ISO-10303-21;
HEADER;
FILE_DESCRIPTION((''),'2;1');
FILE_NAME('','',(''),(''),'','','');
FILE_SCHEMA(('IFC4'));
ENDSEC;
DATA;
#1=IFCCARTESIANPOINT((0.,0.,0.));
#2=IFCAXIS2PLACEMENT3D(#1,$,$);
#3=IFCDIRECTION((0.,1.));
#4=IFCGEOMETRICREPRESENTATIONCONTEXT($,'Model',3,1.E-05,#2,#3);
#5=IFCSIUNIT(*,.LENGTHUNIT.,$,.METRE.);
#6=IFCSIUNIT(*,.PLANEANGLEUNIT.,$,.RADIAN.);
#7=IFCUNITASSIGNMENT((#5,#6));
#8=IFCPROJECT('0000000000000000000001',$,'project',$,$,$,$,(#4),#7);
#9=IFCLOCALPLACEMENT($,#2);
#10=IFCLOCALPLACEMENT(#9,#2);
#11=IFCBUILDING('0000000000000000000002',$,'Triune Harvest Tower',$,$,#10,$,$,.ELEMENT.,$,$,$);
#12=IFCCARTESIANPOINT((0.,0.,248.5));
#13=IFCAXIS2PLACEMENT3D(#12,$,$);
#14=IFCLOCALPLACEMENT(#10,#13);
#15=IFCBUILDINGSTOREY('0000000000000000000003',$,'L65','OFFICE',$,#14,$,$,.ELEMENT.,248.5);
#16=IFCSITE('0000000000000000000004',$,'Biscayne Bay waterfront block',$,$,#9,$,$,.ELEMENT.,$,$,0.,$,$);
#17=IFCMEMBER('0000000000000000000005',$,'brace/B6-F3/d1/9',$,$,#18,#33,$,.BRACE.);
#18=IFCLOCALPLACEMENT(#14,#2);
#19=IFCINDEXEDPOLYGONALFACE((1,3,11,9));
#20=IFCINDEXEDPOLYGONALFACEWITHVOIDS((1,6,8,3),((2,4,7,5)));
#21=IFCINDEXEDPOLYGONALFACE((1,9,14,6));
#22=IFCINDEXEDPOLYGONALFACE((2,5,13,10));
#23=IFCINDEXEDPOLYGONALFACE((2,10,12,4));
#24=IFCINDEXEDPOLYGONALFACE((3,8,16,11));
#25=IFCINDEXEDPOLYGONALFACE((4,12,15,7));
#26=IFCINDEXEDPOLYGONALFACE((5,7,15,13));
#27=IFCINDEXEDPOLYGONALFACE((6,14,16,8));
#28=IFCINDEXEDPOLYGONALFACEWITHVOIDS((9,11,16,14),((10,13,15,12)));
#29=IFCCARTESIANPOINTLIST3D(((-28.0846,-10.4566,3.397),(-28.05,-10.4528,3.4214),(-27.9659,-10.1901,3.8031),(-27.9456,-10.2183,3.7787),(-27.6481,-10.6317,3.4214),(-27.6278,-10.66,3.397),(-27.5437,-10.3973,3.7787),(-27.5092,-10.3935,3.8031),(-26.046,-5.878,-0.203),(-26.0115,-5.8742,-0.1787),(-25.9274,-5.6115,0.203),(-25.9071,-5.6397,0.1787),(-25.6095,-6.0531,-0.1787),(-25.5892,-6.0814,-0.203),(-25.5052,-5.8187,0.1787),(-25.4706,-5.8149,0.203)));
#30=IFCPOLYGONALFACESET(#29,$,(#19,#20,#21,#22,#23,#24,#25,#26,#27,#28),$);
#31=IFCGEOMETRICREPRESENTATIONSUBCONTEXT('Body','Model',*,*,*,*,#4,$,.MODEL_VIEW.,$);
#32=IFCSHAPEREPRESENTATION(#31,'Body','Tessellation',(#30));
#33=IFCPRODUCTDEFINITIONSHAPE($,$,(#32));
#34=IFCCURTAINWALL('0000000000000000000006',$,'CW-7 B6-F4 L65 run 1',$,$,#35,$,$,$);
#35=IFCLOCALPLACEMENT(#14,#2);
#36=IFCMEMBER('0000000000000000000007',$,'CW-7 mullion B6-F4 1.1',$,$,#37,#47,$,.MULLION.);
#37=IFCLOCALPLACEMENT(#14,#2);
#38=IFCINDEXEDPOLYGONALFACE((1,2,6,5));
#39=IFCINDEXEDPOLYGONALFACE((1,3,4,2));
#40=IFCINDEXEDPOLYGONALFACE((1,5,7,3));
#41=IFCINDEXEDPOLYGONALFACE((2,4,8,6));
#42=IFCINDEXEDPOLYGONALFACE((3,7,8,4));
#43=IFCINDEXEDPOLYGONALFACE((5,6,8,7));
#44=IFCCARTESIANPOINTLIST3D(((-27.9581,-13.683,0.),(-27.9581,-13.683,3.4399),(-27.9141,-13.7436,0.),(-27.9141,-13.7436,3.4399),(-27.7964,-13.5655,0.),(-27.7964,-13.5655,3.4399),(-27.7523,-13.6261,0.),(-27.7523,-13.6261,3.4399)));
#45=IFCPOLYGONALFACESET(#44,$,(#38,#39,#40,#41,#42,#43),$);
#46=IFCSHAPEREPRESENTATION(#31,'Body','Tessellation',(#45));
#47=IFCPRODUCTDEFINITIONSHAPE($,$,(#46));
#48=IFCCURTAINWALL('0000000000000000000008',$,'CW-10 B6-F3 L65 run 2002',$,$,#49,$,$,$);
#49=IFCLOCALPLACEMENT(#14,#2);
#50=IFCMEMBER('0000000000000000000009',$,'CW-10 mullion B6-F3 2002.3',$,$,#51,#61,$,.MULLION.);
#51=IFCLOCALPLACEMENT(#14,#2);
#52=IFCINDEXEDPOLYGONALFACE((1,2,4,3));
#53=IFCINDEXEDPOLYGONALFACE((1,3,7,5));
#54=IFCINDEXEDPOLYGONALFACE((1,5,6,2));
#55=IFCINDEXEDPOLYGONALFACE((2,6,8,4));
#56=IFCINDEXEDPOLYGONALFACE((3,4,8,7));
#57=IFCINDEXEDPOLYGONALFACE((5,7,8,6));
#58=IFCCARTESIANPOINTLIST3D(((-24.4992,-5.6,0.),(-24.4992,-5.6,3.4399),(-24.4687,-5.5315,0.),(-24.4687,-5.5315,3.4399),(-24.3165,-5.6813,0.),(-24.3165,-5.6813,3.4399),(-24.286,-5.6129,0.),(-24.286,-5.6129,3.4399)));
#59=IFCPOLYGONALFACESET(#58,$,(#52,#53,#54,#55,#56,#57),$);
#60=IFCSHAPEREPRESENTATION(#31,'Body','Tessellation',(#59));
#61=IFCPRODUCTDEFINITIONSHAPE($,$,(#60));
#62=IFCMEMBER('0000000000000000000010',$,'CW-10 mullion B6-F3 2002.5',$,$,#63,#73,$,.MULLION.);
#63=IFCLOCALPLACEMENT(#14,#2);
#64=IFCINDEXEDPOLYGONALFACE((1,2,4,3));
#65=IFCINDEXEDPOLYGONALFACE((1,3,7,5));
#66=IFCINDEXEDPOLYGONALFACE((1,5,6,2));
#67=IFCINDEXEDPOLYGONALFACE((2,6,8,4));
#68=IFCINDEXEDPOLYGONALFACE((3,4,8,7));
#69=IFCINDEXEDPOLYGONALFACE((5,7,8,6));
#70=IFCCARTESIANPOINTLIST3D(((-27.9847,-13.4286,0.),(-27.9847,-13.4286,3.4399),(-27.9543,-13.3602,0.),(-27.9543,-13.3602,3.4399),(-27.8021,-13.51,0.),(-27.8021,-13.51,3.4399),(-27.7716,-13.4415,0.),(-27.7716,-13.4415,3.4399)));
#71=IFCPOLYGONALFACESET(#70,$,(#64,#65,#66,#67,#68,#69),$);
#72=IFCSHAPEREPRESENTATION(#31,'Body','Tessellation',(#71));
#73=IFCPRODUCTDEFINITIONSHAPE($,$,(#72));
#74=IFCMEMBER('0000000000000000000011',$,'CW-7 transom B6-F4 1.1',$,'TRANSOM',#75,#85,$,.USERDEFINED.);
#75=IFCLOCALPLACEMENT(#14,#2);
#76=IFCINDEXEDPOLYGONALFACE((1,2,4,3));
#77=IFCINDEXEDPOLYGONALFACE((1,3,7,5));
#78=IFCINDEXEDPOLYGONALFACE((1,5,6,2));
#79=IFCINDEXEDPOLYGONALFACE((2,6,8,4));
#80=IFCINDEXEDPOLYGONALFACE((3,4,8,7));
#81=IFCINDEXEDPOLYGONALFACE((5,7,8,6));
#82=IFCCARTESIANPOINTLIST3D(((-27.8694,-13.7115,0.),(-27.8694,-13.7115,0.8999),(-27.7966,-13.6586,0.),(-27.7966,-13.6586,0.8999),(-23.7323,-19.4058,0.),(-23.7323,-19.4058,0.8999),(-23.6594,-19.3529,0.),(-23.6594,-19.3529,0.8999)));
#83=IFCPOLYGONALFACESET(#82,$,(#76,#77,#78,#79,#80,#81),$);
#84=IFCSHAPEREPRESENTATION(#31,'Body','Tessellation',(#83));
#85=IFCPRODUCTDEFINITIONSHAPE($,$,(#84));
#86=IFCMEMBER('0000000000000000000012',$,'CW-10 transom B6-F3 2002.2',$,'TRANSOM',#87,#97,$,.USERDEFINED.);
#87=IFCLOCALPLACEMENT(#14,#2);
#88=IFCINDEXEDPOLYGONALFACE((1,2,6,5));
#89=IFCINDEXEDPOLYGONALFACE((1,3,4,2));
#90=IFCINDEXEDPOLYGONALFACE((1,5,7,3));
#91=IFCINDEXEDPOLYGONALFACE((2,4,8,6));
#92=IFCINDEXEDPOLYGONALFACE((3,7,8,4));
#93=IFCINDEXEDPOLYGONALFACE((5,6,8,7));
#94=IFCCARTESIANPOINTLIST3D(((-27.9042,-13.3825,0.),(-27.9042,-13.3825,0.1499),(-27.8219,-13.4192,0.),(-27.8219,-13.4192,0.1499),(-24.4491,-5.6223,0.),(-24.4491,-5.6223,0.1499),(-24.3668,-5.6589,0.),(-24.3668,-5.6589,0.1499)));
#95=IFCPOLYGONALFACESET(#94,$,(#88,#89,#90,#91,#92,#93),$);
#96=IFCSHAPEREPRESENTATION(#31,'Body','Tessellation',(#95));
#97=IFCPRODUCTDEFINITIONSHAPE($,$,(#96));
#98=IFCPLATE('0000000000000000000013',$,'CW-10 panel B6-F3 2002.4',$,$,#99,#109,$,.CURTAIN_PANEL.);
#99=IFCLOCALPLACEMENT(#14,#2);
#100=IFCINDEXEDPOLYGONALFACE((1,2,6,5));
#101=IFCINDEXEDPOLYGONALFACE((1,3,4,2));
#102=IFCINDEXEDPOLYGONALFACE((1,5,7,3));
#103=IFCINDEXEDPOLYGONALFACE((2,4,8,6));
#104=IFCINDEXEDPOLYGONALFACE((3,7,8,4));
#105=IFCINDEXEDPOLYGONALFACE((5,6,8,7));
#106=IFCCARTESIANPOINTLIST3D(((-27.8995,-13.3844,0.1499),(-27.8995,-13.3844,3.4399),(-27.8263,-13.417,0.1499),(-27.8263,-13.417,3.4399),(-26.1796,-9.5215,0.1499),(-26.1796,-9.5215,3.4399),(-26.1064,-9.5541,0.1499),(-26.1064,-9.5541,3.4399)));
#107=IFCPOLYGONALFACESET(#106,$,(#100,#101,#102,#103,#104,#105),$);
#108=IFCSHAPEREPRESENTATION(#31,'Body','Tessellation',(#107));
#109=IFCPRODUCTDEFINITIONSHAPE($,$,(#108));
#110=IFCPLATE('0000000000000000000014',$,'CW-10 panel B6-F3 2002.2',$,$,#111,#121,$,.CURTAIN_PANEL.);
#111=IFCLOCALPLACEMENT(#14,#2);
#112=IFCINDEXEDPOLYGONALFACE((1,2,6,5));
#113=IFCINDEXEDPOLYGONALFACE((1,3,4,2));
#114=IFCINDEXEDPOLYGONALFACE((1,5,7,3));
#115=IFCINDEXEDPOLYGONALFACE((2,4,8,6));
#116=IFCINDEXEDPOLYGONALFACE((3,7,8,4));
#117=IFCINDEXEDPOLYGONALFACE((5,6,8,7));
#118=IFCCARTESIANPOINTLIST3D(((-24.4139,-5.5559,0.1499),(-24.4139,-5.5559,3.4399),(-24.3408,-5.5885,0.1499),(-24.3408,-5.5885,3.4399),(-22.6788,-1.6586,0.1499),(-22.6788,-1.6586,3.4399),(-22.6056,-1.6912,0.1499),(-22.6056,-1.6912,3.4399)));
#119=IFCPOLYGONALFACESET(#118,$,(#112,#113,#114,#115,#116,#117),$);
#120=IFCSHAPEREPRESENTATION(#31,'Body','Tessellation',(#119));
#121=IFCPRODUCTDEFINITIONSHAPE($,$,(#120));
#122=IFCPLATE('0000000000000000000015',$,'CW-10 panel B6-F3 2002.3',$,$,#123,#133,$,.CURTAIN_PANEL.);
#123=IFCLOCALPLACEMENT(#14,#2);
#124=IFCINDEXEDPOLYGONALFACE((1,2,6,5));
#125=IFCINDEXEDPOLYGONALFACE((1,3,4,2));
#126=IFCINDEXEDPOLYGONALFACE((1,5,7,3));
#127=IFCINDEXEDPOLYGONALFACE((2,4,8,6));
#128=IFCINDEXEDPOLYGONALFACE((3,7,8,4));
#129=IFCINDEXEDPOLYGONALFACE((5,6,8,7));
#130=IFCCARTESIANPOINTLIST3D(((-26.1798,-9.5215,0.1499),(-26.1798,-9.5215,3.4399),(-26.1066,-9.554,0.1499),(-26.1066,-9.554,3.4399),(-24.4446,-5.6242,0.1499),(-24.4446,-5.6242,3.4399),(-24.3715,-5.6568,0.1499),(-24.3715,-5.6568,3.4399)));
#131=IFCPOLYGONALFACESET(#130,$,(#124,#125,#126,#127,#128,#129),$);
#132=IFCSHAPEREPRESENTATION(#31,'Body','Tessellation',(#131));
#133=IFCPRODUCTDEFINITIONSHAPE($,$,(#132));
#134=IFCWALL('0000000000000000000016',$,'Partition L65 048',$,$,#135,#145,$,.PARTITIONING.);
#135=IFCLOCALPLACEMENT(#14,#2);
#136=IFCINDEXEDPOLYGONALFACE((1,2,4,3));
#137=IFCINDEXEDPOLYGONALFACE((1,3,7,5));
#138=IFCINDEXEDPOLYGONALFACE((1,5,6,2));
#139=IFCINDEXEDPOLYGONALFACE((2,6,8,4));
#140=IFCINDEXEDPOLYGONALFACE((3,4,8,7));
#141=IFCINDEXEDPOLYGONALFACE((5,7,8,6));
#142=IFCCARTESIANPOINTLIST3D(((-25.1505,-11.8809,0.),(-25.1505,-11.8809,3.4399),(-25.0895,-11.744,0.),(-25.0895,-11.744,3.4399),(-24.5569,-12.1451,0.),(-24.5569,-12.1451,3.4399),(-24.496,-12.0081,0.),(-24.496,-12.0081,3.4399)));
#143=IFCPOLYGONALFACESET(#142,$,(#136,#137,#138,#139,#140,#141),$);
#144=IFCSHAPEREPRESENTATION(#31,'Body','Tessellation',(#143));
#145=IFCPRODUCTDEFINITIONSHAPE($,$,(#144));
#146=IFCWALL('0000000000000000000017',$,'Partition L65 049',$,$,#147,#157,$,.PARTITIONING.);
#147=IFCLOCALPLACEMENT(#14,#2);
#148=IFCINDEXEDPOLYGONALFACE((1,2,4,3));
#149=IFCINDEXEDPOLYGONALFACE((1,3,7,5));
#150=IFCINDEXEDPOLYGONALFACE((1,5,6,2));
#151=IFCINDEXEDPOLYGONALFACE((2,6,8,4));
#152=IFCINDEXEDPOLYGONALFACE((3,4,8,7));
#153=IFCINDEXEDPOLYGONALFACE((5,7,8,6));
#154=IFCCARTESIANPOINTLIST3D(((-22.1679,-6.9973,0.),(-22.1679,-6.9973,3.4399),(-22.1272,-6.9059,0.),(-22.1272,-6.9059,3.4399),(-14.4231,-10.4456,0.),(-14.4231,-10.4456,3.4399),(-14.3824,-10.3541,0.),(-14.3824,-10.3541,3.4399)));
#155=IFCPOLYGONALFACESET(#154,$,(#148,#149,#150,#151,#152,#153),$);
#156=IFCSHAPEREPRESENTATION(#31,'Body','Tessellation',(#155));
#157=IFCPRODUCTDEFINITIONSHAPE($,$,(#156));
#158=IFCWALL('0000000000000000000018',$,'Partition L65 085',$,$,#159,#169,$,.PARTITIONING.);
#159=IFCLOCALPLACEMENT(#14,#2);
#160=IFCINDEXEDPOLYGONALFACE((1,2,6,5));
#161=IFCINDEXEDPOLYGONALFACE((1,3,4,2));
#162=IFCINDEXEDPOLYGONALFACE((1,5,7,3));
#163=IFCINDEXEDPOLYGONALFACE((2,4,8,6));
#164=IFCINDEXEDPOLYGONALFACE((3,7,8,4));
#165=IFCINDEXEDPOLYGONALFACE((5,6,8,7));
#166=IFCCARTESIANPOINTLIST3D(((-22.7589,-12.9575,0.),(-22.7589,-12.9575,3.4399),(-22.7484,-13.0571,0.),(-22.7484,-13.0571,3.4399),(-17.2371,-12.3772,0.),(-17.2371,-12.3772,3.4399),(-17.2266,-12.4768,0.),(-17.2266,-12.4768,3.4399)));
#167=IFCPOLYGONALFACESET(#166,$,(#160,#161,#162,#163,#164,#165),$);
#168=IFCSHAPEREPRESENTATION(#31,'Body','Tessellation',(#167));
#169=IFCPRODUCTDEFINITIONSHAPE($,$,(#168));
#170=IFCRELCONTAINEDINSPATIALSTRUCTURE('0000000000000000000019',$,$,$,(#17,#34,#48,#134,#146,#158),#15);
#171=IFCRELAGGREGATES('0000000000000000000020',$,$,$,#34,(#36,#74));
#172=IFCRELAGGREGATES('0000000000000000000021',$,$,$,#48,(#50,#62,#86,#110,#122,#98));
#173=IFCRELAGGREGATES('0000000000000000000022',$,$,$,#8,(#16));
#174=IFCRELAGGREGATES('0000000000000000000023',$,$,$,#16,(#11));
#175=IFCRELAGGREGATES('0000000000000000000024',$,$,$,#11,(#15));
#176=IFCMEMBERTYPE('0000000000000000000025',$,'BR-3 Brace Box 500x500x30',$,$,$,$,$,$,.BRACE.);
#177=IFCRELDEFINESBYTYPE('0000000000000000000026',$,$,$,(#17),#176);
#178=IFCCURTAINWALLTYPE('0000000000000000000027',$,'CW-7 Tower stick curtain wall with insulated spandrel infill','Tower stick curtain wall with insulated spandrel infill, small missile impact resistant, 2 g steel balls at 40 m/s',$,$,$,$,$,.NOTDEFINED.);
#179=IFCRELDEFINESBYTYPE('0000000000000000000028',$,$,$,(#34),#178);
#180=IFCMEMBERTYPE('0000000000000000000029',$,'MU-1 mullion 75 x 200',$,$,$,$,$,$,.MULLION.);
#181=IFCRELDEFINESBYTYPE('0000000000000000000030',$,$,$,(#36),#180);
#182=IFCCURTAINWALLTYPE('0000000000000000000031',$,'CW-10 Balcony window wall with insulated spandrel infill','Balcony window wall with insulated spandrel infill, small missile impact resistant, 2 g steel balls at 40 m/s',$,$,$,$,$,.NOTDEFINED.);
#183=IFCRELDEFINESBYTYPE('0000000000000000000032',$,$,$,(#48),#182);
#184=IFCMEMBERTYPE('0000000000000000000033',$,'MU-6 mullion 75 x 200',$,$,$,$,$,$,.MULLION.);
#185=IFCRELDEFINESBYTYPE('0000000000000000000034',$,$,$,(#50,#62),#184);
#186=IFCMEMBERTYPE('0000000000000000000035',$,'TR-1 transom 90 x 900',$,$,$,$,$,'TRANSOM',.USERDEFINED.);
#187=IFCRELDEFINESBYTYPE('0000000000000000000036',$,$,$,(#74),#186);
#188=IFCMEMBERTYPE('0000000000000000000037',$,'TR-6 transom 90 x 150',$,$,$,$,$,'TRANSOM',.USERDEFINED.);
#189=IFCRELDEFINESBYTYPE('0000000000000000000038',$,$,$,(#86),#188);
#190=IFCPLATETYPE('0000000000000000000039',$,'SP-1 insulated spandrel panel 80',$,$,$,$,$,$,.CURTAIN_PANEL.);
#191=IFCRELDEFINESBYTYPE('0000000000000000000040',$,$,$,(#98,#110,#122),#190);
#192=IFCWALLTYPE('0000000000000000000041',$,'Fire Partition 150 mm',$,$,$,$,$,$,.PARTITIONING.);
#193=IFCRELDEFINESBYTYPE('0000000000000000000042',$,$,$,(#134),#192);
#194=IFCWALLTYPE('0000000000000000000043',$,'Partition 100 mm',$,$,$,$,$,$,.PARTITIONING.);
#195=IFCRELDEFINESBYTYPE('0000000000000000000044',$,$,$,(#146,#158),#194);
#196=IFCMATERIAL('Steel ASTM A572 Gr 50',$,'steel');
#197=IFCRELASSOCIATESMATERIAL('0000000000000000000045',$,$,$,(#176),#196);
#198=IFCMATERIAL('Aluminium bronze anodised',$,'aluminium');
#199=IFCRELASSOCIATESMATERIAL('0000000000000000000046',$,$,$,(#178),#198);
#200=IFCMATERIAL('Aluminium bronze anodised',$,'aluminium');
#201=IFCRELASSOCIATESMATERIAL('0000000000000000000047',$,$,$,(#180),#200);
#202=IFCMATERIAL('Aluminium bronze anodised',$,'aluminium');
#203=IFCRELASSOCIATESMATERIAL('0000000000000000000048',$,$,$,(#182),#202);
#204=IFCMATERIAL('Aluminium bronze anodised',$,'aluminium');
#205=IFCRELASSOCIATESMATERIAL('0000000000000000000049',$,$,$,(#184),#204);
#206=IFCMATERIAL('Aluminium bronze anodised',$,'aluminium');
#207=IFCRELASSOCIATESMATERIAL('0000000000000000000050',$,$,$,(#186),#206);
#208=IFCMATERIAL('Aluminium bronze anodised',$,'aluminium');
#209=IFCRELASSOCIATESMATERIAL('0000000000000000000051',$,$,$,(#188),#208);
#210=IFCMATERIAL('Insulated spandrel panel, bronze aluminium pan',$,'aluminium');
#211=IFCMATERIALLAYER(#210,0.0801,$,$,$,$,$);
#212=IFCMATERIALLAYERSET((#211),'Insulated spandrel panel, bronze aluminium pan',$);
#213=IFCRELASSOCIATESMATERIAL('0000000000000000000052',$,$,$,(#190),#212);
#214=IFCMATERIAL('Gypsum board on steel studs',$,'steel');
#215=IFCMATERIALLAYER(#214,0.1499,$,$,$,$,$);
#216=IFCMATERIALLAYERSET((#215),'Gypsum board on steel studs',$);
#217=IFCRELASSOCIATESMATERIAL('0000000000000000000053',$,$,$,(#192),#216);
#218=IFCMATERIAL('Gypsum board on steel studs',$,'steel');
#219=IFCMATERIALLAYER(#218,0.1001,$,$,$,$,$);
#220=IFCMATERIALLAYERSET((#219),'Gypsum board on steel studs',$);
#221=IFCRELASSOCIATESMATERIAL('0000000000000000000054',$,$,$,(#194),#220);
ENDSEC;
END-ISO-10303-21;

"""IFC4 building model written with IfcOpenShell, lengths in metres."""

from ifc_helpers import new_model, si_unit, direction, frame, frame_2d, origin, origin_2d, place, context, subcontext, project, spatial, rectangle, hollow_rectangle, extrude, source, transform, mapped, material, layer, layer_set, material_profile, profile_set, type_object, element, aggregate, save


model = new_model("IFC4")

# Units and contexts
model_context = context("Model", 3, precision=1e-05, world=origin(), true_north=direction((0.0, 1.0)))
body_context = subcontext(model_context, "Body", "Model", "MODEL_VIEW")
ifc_project = project(units=[si_unit("LENGTHUNIT", "METRE"), si_unit("PLANEANGLEUNIT", "RADIAN")], contexts=[model_context])

# Site, building, storey
site_placement = place(None, origin())
site = spatial("IfcSite", under=ifc_project, at=site_placement, Name="Biscayne Bay waterfront block", CompositionType="ELEMENT", RefElevation=0.0)
building_placement = place(site_placement, origin())
building = spatial("IfcBuilding", under=site, at=building_placement, Name="Triune Harvest Tower", CompositionType="ELEMENT")
storey_placement = place(building_placement, frame((0.0, 0.0, 248.5)))
storey = spatial("IfcBuildingStorey", under=building, at=storey_placement, Name="L65", Description="OFFICE", CompositionType="ELEMENT", Elevation=248.5)

# Member
ifc_material_1 = material(Name="Steel ASTM A572 Gr 50", Category="steel")
ifc_material_profile_1 = material_profile(ifc_material_1, hollow_rectangle(XDim=0.5, YDim=0.5, WallThickness=0.03, at=origin_2d()), Name="Box 500x500x30")
ifc_profile_set_1 = profile_set([ifc_material_profile_1], Name="Steel ASTM A572 Gr 50")
member_type_1 = type_object("IfcMemberType", Name="BR-3 Brace Box 500x500x30", PredefinedType="BRACE", material=ifc_profile_set_1)
shared_shape_1 = source(origin(), body_context, "Body", "SweptSolid", [
    extrude(hollow_rectangle(XDim=0.5, YDim=0.5, WallThickness=0.03, at=origin_2d()), origin(), (0.0, 0.0, 1.0), 6.1709),
])
member_1_placement = place(storey_placement, frame((-25.7583, -5.8464, 0.0), z_axis=(-0.330352, -0.741967, 0.583398), x_axis=(0.913542, -0.406744, 0.0)))
element("IfcMember", 1, at=member_1_placement, inside=storey, type_object=member_type_1, Name="brace/B6-F3/d1/9", PredefinedType="BRACE", context=body_context, shape_type="MappedRepresentation", body=[
    mapped(shared_shape_1, transform((0.0, 0.0, 0.0), scale=1.0)),
])

# Curtain wall, member
ifc_material_2 = material(Name="Aluminium bronze anodised", Category="aluminium")
curtain_wall_type_1 = type_object("IfcCurtainWallType", Name="CW-7 Tower stick curtain wall with insulated spandrel infill", Description="Tower stick curtain wall with insulated spandrel infill, small missile impact resistant, 2 g steel balls at 40 m/s", PredefinedType="NOTDEFINED", material=ifc_material_2)
curtain_wall_1_placement = place(storey_placement, origin())
curtain_wall_1 = element("IfcCurtainWall", 2, at=curtain_wall_1_placement, inside=storey, type_object=curtain_wall_type_1, Name="CW-7 B6-F4 L65 run 1")
ifc_material_3 = material(Name="Aluminium bronze anodised", Category="aluminium")
ifc_material_profile_2 = material_profile(ifc_material_3, rectangle(XDim=0.2, YDim=0.075, at=origin_2d()), Name="MU-1 mullion 75 x 200")
ifc_profile_set_2 = profile_set([ifc_material_profile_2], Name="Aluminium bronze anodised")
member_type_2 = type_object("IfcMemberType", Name="MU-1 mullion 75 x 200", PredefinedType="MULLION", material=ifc_profile_set_2)
shared_shape_2 = source(origin(), body_context, "Body", "SweptSolid", [
    extrude(rectangle(XDim=0.2, YDim=0.075, at=origin_2d()), origin(), (0.0, 0.0, 1.0), 3.4399),
])
member_2_placement = place(storey_placement, frame((-27.8552, -13.6545, 0.0), z_axis=(0.0, 0.0, 1.0), x_axis=(0.809014, 0.587789, 0.0)))
member_2 = element("IfcMember", 3, at=member_2_placement, type_object=member_type_2, Name="CW-7 mullion B6-F4 1.1", PredefinedType="MULLION", context=body_context, shape_type="MappedRepresentation", body=[
    mapped(shared_shape_2, transform((0.0, 0.0, 0.0), scale=1.0)),
])

# Curtain wall, members
ifc_material_4 = material(Name="Aluminium bronze anodised", Category="aluminium")
curtain_wall_type_2 = type_object("IfcCurtainWallType", Name="CW-10 Balcony window wall with insulated spandrel infill", Description="Balcony window wall with insulated spandrel infill, small missile impact resistant, 2 g steel balls at 40 m/s", PredefinedType="NOTDEFINED", material=ifc_material_4)
curtain_wall_2_placement = place(storey_placement, origin())
curtain_wall_2 = element("IfcCurtainWall", 4, at=curtain_wall_2_placement, inside=storey, type_object=curtain_wall_type_2, Name="CW-10 B6-F3 L65 run 2002")
ifc_material_5 = material(Name="Aluminium bronze anodised", Category="aluminium")
ifc_material_profile_3 = material_profile(ifc_material_5, rectangle(XDim=0.2, YDim=0.075, at=origin_2d()), Name="MU-6 mullion 75 x 200")
ifc_profile_set_3 = profile_set([ifc_material_profile_3], Name="Aluminium bronze anodised")
member_type_3 = type_object("IfcMemberType", Name="MU-6 mullion 75 x 200", PredefinedType="MULLION", material=ifc_profile_set_3)
shared_shape_3 = source(origin(), body_context, "Body", "SweptSolid", [
    extrude(rectangle(XDim=0.2, YDim=0.075, at=origin_2d()), origin(), (0.0, 0.0, 1.0), 3.4399),
])
member_3_placement = place(storey_placement, frame((-24.3926, -5.6064, 0.0), z_axis=(0.0, 0.0, 1.0), x_axis=(0.913546, -0.406736, 0.0)))
member_3 = element("IfcMember", 5, at=member_3_placement, type_object=member_type_3, Name="CW-10 mullion B6-F3 2002.3", PredefinedType="MULLION", context=body_context, shape_type="MappedRepresentation", body=[
    mapped(shared_shape_3, transform((0.0, 0.0, 0.0), scale=1.0)),
])
member_4_placement = place(storey_placement, frame((-27.8782, -13.4351, 0.0), z_axis=(0.0, 0.0, 1.0), x_axis=(0.913546, -0.406736, 0.0)))
member_4 = element("IfcMember", 6, at=member_4_placement, type_object=member_type_3, Name="CW-10 mullion B6-F3 2002.5", PredefinedType="MULLION", context=body_context, shape_type="MappedRepresentation", body=[
    mapped(shared_shape_3, transform((0.0, 0.0, 0.0), scale=1.0)),
])

# Members
ifc_material_6 = material(Name="Aluminium bronze anodised", Category="aluminium")
ifc_material_profile_4 = material_profile(ifc_material_6, rectangle(XDim=0.0901, YDim=0.8999, at=origin_2d()), Name="TR-1 transom 90 x 900")
ifc_profile_set_4 = profile_set([ifc_material_profile_4], Name="Aluminium bronze anodised")
member_type_4 = type_object("IfcMemberType", Name="TR-1 transom 90 x 900", ElementType="TRANSOM", PredefinedType="USERDEFINED", material=ifc_profile_set_4)
shared_shape_4 = source(origin(), body_context, "Body", "SweptSolid", [
    extrude(rectangle(XDim=0.0901, YDim=0.8999, at=origin_2d()), origin(), (0.0, 0.0, 1.0), 7.0386),
])
member_5_placement = place(storey_placement, frame((-27.833, -13.6851, 0.45), z_axis=(0.587788, -0.809015, 0.0), x_axis=(0.809015, 0.587788, 0.0)))
member_5 = element("IfcMember", 7, at=member_5_placement, type_object=member_type_4, Name="CW-7 transom B6-F4 1.1", ObjectType="TRANSOM", PredefinedType="USERDEFINED", context=body_context, shape_type="MappedRepresentation", body=[
    mapped(shared_shape_4, transform((0.0, 0.0, 0.0), scale=1.0)),
])
aggregate(curtain_wall_1, [member_2, member_5])
ifc_material_7 = material(Name="Aluminium bronze anodised", Category="aluminium")
ifc_material_profile_5 = material_profile(ifc_material_7, rectangle(XDim=0.0901, YDim=0.1499, at=origin_2d()), Name="TR-6 transom 90 x 150")
ifc_profile_set_5 = profile_set([ifc_material_profile_5], Name="Aluminium bronze anodised")
member_type_5 = type_object("IfcMemberType", Name="TR-6 transom 90 x 150", ElementType="TRANSOM", PredefinedType="USERDEFINED", material=ifc_profile_set_5)
shared_shape_5 = source(origin(), body_context, "Body", "SweptSolid", [
    extrude(rectangle(XDim=0.0901, YDim=0.1499, at=origin_2d()), origin(), (0.0, 0.0, 1.0), 8.4946),
])
member_6_placement = place(storey_placement, frame((-24.408, -5.6406, 0.075), z_axis=(-0.406736, -0.913546, 0.0), x_axis=(0.913546, -0.406736, 0.0)))
member_6 = element("IfcMember", 8, at=member_6_placement, type_object=member_type_5, Name="CW-10 transom B6-F3 2002.2", ObjectType="TRANSOM", PredefinedType="USERDEFINED", context=body_context, shape_type="MappedRepresentation", body=[
    mapped(shared_shape_5, transform((0.0, 0.0, 0.0), scale=1.0)),
])

# Plates
ifc_material_8 = material(Name="Insulated spandrel panel, bronze aluminium pan", Category="aluminium")
ifc_layer_1 = layer(ifc_material_8, 0.0801)
ifc_layer_set_1 = layer_set([ifc_layer_1], Name="Insulated spandrel panel, bronze aluminium pan")
plate_type = type_object("IfcPlateType", Name="SP-1 insulated spandrel panel 80", PredefinedType="CURTAIN_PANEL", material=ifc_layer_set_1)
shared_shape_6 = source(origin(), body_context, "Body", "SweptSolid", [
    extrude(rectangle(XDim=4.2285, YDim=0.0801, at=origin_2d()), origin(), (0.0, 0.0, 1.0), 3.29),
])
plate_1_placement = place(storey_placement, frame((-27.0029, -11.4692, 0.1499), z_axis=(0.0, 0.0, 1.0), x_axis=(-0.406736, -0.913546, 0.0)))
plate_1 = element("IfcPlate", 9, at=plate_1_placement, type_object=plate_type, Name="CW-10 panel B6-F3 2002.4", PredefinedType="CURTAIN_PANEL", context=body_context, shape_type="MappedRepresentation", body=[
    mapped(shared_shape_6, transform((0.0, 0.0, 0.0), scale=1.0)),
])
shared_shape_7 = source(origin(), body_context, "Body", "SweptSolid", [
    extrude(rectangle(XDim=4.2661, YDim=0.0801, at=origin_2d()), origin(), (0.0, 0.0, 1.0), 3.29),
])
plate_2_placement = place(storey_placement, frame((-23.5098, -3.6235, 0.1499), z_axis=(0.0, 0.0, 1.0), x_axis=(-0.406736, -0.913546, 0.0)))
plate_2 = element("IfcPlate", 10, at=plate_2_placement, type_object=plate_type, Name="CW-10 panel B6-F3 2002.2", PredefinedType="CURTAIN_PANEL", context=body_context, shape_type="MappedRepresentation", body=[
    mapped(shared_shape_7, transform((0.0, 0.0, 0.0), scale=1.0)),
])
plate_3_placement = place(storey_placement, frame((-25.2756, -7.5891, 0.1499), z_axis=(0.0, 0.0, 1.0), x_axis=(-0.406736, -0.913546, 0.0)))
plate_3 = element("IfcPlate", 11, at=plate_3_placement, type_object=plate_type, Name="CW-10 panel B6-F3 2002.3", PredefinedType="CURTAIN_PANEL", context=body_context, shape_type="MappedRepresentation", body=[
    mapped(shared_shape_7, transform((0.0, 0.0, 0.0), scale=1.0)),
])
aggregate(curtain_wall_2, [member_3, member_4, member_6, plate_2, plate_3, plate_1])

# Walls
ifc_material_9 = material(Name="Gypsum board on steel studs", Category="steel")
ifc_layer_2 = layer(ifc_material_9, 0.1499)
ifc_layer_set_2 = layer_set([ifc_layer_2], Name="Gypsum board on steel studs")
wall_type_1 = type_object("IfcWallType", Name="Fire Partition 150 mm", PredefinedType="PARTITIONING", material=ifc_layer_set_2)
wall_1_placement = place(storey_placement, frame((-25.1199, -11.8125, 0.0), z_axis=(0.0, 0.0, 1.0), x_axis=(0.913594, -0.406627, 0.0)))
element("IfcWall", 12, at=wall_1_placement, inside=storey, type_object=wall_type_1, Name="Partition L65 048", PredefinedType="PARTITIONING", context=body_context, shape_type="SweptSolid", body=[
    extrude(rectangle(XDim=0.6497, YDim=0.1499, at=frame_2d((0.3247, 0.0))), origin(), (0.0, 0.0, 1.0), 3.4399),
])
ifc_material_10 = material(Name="Gypsum board on steel studs", Category="steel")
ifc_layer_3 = layer(ifc_material_10, 0.1001)
ifc_layer_set_3 = layer_set([ifc_layer_3], Name="Gypsum board on steel studs")
wall_type_2 = type_object("IfcWallType", Name="Partition 100 mm", PredefinedType="PARTITIONING", material=ifc_layer_set_3)
wall_2_placement = place(storey_placement, frame((-22.1475, -6.9517, 0.0), z_axis=(0.0, 0.0, 1.0), x_axis=(0.913545, -0.406737, 0.0)))
element("IfcWall", 13, at=wall_2_placement, inside=storey, type_object=wall_type_2, Name="Partition L65 049", PredefinedType="PARTITIONING", context=body_context, shape_type="SweptSolid", body=[
    extrude(rectangle(XDim=8.4778, YDim=0.1001, at=frame_2d((4.2388, 0.0))), origin(), (0.0, 0.0, 1.0), 3.4399),
])
wall_3_placement = place(storey_placement, frame((-22.7537, -13.0073, 0.0), z_axis=(0.0, 0.0, 1.0), x_axis=(0.994523, 0.104522, 0.0)))
element("IfcWall", 14, at=wall_3_placement, inside=storey, type_object=wall_type_2, Name="Partition L65 085", PredefinedType="PARTITIONING", context=body_context, shape_type="SweptSolid", body=[
    extrude(rectangle(XDim=5.5522, YDim=0.1001, at=frame_2d((2.7761, 0.0))), origin(), (0.0, 0.0, 1.0), 3.4399),
])

save(model, "model.ifc")
